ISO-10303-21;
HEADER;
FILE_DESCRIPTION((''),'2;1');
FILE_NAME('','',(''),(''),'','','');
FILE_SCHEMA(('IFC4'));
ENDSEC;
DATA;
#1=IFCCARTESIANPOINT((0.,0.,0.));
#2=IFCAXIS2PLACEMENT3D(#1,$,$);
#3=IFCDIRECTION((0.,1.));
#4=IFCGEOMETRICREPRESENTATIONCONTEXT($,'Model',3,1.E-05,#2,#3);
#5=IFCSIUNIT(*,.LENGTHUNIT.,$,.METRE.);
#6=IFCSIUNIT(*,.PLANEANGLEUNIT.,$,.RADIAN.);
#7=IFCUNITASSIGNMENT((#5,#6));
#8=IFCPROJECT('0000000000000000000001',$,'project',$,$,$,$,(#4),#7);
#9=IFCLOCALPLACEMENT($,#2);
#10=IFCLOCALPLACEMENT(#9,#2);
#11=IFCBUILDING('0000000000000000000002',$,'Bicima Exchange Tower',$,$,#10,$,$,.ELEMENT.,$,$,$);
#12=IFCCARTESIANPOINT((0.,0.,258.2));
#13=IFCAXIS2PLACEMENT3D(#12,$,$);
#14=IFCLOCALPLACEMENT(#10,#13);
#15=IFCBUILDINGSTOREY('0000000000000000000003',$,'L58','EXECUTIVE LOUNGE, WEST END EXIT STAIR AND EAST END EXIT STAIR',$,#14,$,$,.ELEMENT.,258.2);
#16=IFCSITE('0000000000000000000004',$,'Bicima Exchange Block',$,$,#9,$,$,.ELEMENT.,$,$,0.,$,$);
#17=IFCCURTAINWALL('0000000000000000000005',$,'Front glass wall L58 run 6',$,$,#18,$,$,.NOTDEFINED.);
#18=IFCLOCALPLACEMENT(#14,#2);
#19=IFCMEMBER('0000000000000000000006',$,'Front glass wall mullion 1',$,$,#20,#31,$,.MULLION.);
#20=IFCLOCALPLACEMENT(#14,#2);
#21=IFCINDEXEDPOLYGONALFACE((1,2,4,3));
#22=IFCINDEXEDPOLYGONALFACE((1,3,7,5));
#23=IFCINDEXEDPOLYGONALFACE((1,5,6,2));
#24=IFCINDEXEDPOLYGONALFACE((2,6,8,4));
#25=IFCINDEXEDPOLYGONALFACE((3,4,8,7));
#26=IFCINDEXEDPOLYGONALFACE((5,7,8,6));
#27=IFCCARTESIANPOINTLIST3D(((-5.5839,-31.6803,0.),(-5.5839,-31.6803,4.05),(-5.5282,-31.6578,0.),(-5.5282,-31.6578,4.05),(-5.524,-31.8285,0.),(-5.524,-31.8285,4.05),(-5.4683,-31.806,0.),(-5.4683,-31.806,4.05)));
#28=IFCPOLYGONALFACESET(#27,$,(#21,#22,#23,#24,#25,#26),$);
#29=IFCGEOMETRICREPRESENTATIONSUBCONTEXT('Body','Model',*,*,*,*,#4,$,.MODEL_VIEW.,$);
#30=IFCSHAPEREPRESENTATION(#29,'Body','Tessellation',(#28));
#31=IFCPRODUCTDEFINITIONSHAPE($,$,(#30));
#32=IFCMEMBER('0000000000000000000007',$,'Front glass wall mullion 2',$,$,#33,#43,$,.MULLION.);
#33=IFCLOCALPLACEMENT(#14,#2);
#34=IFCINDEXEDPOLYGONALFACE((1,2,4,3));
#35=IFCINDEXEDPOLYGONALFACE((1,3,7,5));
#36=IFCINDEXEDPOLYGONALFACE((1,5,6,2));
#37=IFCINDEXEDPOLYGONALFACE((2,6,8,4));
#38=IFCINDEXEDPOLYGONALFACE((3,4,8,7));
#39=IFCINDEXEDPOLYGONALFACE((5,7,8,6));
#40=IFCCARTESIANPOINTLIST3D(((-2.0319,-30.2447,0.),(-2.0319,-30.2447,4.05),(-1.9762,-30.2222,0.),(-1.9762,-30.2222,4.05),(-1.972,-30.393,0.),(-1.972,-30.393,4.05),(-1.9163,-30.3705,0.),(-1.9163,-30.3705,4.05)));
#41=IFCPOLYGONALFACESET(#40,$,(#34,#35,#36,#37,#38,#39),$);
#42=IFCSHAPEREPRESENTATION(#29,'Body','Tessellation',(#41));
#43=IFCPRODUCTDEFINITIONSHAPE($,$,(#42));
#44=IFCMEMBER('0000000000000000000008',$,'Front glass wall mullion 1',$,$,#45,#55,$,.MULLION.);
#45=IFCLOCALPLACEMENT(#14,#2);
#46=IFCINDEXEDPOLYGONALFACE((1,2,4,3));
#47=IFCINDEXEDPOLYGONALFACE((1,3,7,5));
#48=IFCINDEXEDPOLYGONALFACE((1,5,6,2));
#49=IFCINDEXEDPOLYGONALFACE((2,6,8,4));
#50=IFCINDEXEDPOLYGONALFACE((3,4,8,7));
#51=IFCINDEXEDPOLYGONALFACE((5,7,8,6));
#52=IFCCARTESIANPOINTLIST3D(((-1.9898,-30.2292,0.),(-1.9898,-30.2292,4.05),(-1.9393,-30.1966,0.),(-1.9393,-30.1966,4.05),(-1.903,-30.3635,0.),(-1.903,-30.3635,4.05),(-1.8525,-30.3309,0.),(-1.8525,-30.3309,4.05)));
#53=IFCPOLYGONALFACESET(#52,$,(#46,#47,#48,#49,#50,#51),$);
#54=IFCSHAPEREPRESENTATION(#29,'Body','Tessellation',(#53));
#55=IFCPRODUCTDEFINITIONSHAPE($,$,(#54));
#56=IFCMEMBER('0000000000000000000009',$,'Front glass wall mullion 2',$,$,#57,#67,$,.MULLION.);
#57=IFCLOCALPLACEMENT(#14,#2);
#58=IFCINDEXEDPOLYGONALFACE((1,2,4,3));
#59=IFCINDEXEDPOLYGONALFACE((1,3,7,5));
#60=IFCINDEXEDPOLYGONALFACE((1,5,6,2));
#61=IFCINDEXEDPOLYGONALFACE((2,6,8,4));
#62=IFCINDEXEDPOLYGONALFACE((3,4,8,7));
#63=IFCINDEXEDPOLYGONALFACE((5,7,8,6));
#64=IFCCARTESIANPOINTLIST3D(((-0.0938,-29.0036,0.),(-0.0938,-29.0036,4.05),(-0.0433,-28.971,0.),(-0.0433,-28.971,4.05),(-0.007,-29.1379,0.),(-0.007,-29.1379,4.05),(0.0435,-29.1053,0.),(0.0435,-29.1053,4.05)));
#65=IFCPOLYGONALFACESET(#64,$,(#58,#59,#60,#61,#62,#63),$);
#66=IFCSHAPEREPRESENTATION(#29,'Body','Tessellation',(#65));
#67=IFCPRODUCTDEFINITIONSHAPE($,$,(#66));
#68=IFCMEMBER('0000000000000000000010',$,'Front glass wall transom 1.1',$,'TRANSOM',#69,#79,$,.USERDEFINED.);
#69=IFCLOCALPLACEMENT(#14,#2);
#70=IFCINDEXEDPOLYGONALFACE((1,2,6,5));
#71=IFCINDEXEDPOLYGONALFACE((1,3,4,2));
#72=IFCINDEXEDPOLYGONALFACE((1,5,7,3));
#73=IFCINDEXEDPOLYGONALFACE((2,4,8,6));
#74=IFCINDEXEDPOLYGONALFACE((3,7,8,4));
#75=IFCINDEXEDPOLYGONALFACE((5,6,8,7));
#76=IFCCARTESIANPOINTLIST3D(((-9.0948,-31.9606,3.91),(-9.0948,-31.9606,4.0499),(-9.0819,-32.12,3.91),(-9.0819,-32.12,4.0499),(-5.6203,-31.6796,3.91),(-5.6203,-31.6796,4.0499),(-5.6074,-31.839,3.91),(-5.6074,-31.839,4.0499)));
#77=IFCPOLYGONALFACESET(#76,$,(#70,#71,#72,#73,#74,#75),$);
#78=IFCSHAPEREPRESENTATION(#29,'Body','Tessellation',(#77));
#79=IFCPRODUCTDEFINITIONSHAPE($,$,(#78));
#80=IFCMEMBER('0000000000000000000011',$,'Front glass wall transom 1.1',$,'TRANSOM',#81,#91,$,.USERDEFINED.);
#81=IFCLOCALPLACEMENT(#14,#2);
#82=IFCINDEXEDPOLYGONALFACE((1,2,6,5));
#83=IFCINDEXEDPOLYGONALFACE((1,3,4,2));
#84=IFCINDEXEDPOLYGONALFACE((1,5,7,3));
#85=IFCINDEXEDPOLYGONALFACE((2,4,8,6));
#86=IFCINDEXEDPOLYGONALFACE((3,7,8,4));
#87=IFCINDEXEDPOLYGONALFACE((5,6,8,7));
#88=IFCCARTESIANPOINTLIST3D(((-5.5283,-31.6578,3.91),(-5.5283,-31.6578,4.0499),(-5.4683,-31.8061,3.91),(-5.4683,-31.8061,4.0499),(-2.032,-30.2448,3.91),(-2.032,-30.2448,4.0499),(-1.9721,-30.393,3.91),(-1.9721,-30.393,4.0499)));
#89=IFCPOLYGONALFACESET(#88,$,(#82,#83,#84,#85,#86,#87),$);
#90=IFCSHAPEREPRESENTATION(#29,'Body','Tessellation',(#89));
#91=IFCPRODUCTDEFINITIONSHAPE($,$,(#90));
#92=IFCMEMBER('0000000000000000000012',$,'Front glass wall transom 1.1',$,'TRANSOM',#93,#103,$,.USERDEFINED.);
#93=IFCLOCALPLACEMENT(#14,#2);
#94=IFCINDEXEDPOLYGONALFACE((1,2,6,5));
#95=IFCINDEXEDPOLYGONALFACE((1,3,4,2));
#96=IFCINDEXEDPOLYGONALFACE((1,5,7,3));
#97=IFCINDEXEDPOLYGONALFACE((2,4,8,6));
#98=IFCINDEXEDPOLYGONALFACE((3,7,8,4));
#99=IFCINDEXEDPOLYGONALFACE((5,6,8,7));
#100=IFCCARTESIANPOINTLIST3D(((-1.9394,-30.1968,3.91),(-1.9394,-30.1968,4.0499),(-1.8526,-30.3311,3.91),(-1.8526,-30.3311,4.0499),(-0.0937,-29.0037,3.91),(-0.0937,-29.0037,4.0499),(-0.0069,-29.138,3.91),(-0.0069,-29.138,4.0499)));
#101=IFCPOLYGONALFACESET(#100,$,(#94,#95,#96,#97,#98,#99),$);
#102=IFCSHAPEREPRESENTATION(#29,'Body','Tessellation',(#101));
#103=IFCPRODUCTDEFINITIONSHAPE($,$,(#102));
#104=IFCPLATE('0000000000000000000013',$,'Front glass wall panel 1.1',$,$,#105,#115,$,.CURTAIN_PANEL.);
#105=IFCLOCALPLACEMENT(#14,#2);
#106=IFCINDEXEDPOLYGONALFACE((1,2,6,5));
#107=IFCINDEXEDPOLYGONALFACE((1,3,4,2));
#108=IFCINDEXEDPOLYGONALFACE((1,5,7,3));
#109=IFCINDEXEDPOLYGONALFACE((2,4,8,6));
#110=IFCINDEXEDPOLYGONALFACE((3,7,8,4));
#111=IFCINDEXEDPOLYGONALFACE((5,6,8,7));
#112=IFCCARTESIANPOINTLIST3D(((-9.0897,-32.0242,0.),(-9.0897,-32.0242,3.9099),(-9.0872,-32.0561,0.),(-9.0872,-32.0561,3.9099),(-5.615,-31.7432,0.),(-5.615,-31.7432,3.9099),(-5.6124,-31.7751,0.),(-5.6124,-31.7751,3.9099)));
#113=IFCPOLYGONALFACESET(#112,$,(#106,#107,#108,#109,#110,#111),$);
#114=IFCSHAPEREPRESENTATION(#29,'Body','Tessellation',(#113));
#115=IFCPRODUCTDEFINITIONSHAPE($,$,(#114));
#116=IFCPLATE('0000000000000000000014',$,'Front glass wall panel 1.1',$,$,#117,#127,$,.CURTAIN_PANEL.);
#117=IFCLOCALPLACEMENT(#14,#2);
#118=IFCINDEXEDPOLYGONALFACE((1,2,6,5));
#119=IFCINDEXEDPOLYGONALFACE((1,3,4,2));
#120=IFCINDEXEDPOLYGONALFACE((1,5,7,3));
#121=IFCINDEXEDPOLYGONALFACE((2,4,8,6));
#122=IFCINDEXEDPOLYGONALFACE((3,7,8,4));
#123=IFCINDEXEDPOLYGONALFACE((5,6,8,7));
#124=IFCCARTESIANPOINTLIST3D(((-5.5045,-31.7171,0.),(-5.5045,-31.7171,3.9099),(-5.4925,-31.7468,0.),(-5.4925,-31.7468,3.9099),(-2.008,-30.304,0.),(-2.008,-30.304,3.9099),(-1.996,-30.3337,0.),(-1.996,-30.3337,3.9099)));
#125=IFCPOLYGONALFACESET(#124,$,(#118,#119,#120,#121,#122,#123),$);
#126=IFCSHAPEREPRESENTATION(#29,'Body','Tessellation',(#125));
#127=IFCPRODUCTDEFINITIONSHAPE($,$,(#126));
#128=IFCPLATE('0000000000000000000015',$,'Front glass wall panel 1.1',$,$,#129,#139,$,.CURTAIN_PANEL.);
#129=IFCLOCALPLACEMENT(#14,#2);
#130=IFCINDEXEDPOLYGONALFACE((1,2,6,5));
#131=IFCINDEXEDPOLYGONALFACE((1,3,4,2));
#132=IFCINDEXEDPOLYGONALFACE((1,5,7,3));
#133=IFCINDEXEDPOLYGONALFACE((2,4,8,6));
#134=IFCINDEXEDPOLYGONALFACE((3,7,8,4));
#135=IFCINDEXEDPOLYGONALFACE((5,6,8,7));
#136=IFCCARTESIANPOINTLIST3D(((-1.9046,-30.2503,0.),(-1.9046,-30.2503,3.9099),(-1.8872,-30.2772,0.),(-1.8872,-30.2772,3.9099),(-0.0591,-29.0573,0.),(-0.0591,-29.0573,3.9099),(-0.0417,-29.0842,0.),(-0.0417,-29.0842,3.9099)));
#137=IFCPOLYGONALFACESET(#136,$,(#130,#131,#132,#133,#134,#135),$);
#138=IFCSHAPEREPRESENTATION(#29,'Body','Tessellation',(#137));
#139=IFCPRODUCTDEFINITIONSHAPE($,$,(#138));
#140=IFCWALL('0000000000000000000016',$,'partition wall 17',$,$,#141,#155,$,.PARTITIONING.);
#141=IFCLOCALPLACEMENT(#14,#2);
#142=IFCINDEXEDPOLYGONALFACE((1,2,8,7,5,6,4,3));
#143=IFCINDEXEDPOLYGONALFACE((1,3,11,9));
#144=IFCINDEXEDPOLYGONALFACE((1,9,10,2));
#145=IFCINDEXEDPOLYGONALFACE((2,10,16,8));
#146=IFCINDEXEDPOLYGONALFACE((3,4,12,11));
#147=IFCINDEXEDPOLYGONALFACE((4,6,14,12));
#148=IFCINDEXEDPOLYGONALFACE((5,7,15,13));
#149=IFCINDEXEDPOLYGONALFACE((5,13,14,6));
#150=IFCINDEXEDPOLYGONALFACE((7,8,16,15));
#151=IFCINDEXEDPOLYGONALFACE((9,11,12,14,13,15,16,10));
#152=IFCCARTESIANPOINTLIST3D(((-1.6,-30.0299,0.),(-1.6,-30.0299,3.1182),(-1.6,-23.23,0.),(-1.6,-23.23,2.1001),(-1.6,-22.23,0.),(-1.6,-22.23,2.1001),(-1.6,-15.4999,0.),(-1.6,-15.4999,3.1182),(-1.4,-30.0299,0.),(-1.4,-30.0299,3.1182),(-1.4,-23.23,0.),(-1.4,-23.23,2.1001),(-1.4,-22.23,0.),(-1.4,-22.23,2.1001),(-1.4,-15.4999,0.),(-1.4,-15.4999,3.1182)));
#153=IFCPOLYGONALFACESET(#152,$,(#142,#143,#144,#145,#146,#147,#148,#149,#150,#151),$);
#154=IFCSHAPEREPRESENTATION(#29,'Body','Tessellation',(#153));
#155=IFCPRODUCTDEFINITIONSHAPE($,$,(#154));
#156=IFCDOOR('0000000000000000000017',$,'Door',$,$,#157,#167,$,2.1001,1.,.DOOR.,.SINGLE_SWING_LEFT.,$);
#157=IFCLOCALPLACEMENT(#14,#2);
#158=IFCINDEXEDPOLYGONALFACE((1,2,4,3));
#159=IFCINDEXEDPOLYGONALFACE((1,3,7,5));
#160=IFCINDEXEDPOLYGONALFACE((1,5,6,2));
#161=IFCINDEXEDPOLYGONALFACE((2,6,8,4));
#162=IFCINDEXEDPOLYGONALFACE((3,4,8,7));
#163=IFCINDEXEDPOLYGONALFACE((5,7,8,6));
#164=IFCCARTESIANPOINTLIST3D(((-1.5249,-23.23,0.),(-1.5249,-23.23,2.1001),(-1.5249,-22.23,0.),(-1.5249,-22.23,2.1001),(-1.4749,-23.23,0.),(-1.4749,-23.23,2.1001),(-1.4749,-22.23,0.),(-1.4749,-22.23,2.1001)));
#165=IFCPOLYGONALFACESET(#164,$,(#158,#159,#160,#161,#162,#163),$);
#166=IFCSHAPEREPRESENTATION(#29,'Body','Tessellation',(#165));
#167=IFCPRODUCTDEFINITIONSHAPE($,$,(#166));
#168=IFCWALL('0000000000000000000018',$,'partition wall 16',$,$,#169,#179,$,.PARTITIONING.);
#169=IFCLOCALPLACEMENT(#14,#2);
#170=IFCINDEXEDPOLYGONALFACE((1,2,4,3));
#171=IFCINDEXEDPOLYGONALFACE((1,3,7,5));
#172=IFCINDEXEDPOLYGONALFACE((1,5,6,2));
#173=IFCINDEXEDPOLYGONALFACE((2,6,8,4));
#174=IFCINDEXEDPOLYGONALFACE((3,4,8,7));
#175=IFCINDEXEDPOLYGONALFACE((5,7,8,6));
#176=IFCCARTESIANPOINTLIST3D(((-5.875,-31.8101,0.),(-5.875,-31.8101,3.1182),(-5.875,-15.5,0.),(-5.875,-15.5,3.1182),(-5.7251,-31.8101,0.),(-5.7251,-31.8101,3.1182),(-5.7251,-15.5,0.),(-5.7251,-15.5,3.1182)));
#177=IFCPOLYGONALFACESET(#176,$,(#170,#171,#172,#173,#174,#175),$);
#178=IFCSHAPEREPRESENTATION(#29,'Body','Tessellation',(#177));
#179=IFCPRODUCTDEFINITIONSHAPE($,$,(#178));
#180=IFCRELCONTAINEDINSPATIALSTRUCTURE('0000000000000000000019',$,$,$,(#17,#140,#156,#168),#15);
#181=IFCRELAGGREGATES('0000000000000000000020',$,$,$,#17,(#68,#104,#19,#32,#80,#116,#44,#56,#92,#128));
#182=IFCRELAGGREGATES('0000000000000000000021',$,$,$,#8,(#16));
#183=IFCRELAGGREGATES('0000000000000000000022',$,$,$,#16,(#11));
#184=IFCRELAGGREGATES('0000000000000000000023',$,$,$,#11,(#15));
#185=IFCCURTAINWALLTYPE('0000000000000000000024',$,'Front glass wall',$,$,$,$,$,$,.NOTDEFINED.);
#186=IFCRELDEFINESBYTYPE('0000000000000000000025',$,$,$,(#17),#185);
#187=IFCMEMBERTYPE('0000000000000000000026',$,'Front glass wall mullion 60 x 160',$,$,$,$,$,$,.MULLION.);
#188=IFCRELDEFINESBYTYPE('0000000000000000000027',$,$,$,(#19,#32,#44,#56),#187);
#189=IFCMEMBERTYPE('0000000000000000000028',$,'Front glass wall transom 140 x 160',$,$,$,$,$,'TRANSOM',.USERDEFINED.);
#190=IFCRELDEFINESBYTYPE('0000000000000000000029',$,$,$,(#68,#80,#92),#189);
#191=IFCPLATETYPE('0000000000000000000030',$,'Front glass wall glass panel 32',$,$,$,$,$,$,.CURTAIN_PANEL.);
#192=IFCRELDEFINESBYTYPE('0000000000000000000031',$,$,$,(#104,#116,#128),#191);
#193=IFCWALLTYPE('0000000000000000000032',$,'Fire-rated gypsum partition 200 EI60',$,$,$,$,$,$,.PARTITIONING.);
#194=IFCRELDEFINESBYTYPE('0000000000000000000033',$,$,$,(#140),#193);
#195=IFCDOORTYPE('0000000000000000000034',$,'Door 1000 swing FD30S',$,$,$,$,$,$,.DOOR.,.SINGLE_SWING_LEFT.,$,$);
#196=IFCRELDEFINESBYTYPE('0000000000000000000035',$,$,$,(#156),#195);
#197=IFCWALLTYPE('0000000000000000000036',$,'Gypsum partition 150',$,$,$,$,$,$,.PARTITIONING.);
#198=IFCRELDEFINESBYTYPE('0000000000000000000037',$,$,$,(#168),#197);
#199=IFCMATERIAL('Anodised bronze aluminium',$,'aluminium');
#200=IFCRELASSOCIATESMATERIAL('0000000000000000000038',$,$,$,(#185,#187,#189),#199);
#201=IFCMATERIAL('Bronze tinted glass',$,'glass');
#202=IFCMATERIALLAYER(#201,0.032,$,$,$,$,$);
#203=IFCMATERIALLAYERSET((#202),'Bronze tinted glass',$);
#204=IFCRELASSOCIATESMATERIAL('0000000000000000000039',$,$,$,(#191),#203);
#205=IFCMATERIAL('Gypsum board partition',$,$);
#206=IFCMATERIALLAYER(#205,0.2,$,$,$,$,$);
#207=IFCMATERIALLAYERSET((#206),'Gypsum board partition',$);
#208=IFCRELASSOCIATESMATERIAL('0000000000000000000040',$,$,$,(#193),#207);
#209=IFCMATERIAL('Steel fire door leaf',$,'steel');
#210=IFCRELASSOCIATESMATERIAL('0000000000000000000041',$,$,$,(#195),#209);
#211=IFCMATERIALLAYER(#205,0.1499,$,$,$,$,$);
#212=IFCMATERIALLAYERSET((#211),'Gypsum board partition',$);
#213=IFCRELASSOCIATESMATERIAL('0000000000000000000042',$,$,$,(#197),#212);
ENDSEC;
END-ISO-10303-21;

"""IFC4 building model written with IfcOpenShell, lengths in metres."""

from ifc_helpers import new_model, si_unit, direction, frame, frame_2d, origin, origin_2d, place, context, subcontext, project, spatial, rectangle, extrude, material, layer, layer_set, material_profile, profile_set, type_object, element, fill, aggregate, save


model = new_model("IFC4")

# Units and contexts
model_context = context("Model", 3, precision=1e-05, world=origin(), true_north=direction((0.0, 1.0)))
body_context = subcontext(model_context, "Body", "Model", "MODEL_VIEW")
ifc_project = project(units=[si_unit("LENGTHUNIT", "METRE"), si_unit("PLANEANGLEUNIT", "RADIAN")], contexts=[model_context])

# Site, building, storey
site_placement = place(None, origin())
site = spatial("IfcSite", under=ifc_project, at=site_placement, Name="Bicima Exchange Block", CompositionType="ELEMENT", RefElevation=0.0)
building_placement = place(site_placement, origin())
building = spatial("IfcBuilding", under=site, at=building_placement, Name="Bicima Exchange Tower", CompositionType="ELEMENT")
storey_placement = place(building_placement, frame((0.0, 0.0, 258.2)))
storey = spatial("IfcBuildingStorey", under=building, at=storey_placement, Name="L58", Description="EXECUTIVE LOUNGE, WEST END EXIT STAIR AND EAST END EXIT STAIR", CompositionType="ELEMENT", Elevation=258.2)

# Curtain wall, members, plates
ifc_material_1 = material(Name="Anodised bronze aluminium", Category="aluminium")
curtain_wall_type = type_object("IfcCurtainWallType", Name="Front glass wall", PredefinedType="NOTDEFINED", material=ifc_material_1)
curtain_wall_placement = place(storey_placement, origin())
curtain_wall = element("IfcCurtainWall", 1, at=curtain_wall_placement, inside=storey, type_object=curtain_wall_type, Name="Front glass wall L58 run 6", PredefinedType="NOTDEFINED")
ifc_material_profile_1 = material_profile(ifc_material_1, rectangle(XDim=0.1599, YDim=0.0601, at=origin_2d()))
ifc_profile_set_1 = profile_set([ifc_material_profile_1], Name="Anodised bronze aluminium")
member_type_1 = type_object("IfcMemberType", Name="Front glass wall mullion 60 x 160", PredefinedType="MULLION", material=ifc_profile_set_1)
member_1_placement = place(storey_placement, frame((-5.5261, -31.7432, 0.0), z_axis=(0.0, 0.0, 1.0), x_axis=(-0.374705, 0.927144, 0.0)))
member_1 = element("IfcMember", 2, at=member_1_placement, type_object=member_type_1, Name="Front glass wall mullion 1", PredefinedType="MULLION", context=body_context, shape_type="SweptSolid", body=[
    extrude(rectangle(XDim=0.1599, YDim=0.0601, at=origin_2d()), origin(), (0.0, 0.0, 1.0), 4.05),
])
member_2_placement = place(storey_placement, frame((-1.9741, -30.3076, 0.0), z_axis=(0.0, 0.0, 1.0), x_axis=(-0.374705, 0.927144, 0.0)))
member_2 = element("IfcMember", 3, at=member_2_placement, type_object=member_type_1, Name="Front glass wall mullion 2", PredefinedType="MULLION", context=body_context, shape_type="SweptSolid", body=[
    extrude(rectangle(XDim=0.1599, YDim=0.0601, at=origin_2d()), origin(), (0.0, 0.0, 1.0), 4.05),
])
member_3_placement = place(storey_placement, frame((-1.9211, -30.28, 0.0), z_axis=(0.0, 0.0, 1.0), x_axis=(-0.542897, 0.839799, 0.0)))
member_3 = element("IfcMember", 4, at=member_3_placement, type_object=member_type_1, Name="Front glass wall mullion 1", PredefinedType="MULLION", context=body_context, shape_type="SweptSolid", body=[
    extrude(rectangle(XDim=0.1599, YDim=0.0601, at=origin_2d()), origin(), (0.0, 0.0, 1.0), 4.05),
])
member_4_placement = place(storey_placement, frame((-0.0251, -29.0544, 0.0), z_axis=(0.0, 0.0, 1.0), x_axis=(-0.542897, 0.839799, 0.0)))
member_4 = element("IfcMember", 5, at=member_4_placement, type_object=member_type_1, Name="Front glass wall mullion 2", PredefinedType="MULLION", context=body_context, shape_type="SweptSolid", body=[
    extrude(rectangle(XDim=0.1599, YDim=0.0601, at=origin_2d()), origin(), (0.0, 0.0, 1.0), 4.05),
])
ifc_material_profile_2 = material_profile(ifc_material_1, rectangle(XDim=0.1599, YDim=0.1399, at=origin_2d()))
ifc_profile_set_2 = profile_set([ifc_material_profile_2], Name="Anodised bronze aluminium")
member_type_2 = type_object("IfcMemberType", Name="Front glass wall transom 140 x 160", ElementType="TRANSOM", PredefinedType="USERDEFINED", material=ifc_profile_set_2)
member_5_placement = place(storey_placement, frame((-9.0884, -32.0403, 3.98), z_axis=(0.996746, 0.080611, 0.0), x_axis=(-0.080611, 0.996746, 0.0)))
member_5 = element("IfcMember", 6, at=member_5_placement, type_object=member_type_2, Name="Front glass wall transom 1.1", ObjectType="TRANSOM", PredefinedType="USERDEFINED", context=body_context, shape_type="SweptSolid", body=[
    extrude(rectangle(XDim=0.1599, YDim=0.1399, at=origin_2d()), origin(), (0.0, 0.0, 1.0), 3.4858),
])
member_6_placement = place(storey_placement, frame((-5.4983, -31.7319, 3.98), z_axis=(0.92714, 0.374715, 0.0), x_axis=(-0.374715, 0.92714, 0.0)))
member_6 = element("IfcMember", 7, at=member_6_placement, type_object=member_type_2, Name="Front glass wall transom 1.1", ObjectType="TRANSOM", PredefinedType="USERDEFINED", context=body_context, shape_type="SweptSolid", body=[
    extrude(rectangle(XDim=0.1599, YDim=0.1399, at=origin_2d()), origin(), (0.0, 0.0, 1.0), 3.771),
])
member_7_placement = place(storey_placement, frame((-1.896, -30.2639, 3.98), z_axis=(0.839811, 0.542878, 0.0), x_axis=(-0.542878, 0.839811, 0.0)))
member_7 = element("IfcMember", 8, at=member_7_placement, type_object=member_type_2, Name="Front glass wall transom 1.1", ObjectType="TRANSOM", PredefinedType="USERDEFINED", context=body_context, shape_type="SweptSolid", body=[
    extrude(rectangle(XDim=0.1599, YDim=0.1399, at=origin_2d()), origin(), (0.0, 0.0, 1.0), 2.1978),
])
ifc_material_2 = material(Name="Bronze tinted glass", Category="glass")
ifc_layer_1 = layer(ifc_material_2, 0.032)
ifc_layer_set_1 = layer_set([ifc_layer_1], Name="Bronze tinted glass")
plate_type = type_object("IfcPlateType", Name="Front glass wall glass panel 32", PredefinedType="CURTAIN_PANEL", material=ifc_layer_set_1)
plate_1_placement = place(storey_placement, frame((-7.3511, -31.8997, 0.0), z_axis=(0.0, 0.0, 1.0), x_axis=(0.996747, 0.080589, 0.0)))
plate_1 = element("IfcPlate", 9, at=plate_1_placement, type_object=plate_type, Name="Front glass wall panel 1.1", PredefinedType="CURTAIN_PANEL", context=body_context, shape_type="SweptSolid", body=[
    extrude(rectangle(XDim=3.4861, YDim=0.032, at=origin_2d()), origin(), (0.0, 0.0, 1.0), 3.9099),
])
plate_2_placement = place(storey_placement, frame((-3.7502, -31.0254, 0.0), z_axis=(0.0, 0.0, 1.0), x_axis=(0.927144, 0.374705, 0.0)))
plate_2 = element("IfcPlate", 10, at=plate_2_placement, type_object=plate_type, Name="Front glass wall panel 1.1", PredefinedType="CURTAIN_PANEL", context=body_context, shape_type="SweptSolid", body=[
    extrude(rectangle(XDim=3.7712, YDim=0.032, at=origin_2d()), origin(), (0.0, 0.0, 1.0), 3.9099),
])
plate_3_placement = place(storey_placement, frame((-0.9731, -29.6672, 0.0), z_axis=(0.0, 0.0, 1.0), x_axis=(0.839799, 0.542897, 0.0)))
plate_3 = element("IfcPlate", 11, at=plate_3_placement, type_object=plate_type, Name="Front glass wall panel 1.1", PredefinedType="CURTAIN_PANEL", context=body_context, shape_type="SweptSolid", body=[
    extrude(rectangle(XDim=2.1975, YDim=0.032, at=origin_2d()), origin(), (0.0, 0.0, 1.0), 3.9099),
])
aggregate(curtain_wall, [member_5, plate_1, member_1, member_2, member_6, plate_2, member_3, member_4, member_7, plate_3])

# Wall, opening, door
ifc_material_3 = material(Name="Gypsum board partition")
ifc_layer_2 = layer(ifc_material_3, 0.2)
ifc_layer_set_2 = layer_set([ifc_layer_2], Name="Gypsum board partition")
wall_type_1 = type_object("IfcWallType", Name="Fire-rated gypsum partition 200 EI60", PredefinedType="PARTITIONING", material=ifc_layer_set_2)
wall_1_placement = place(storey_placement, frame((-1.5, -30.03, 0.0), z_axis=(0.0, 0.0, 1.0), x_axis=(0.0, 1.0, 0.0)))
wall_1 = element("IfcWall", 12, at=wall_1_placement, inside=storey, type_object=wall_type_1, Name="partition wall 17", PredefinedType="PARTITIONING", context=body_context, shape_type="SweptSolid", body=[
    extrude(rectangle(XDim=14.53, YDim=0.2, at=frame_2d((7.2651, 0.0))), origin(), (0.0, 0.0, 1.0), 3.1182),
])
opening_placement = place(wall_1_placement, frame((6.8, 0.0, 0.0)))
opening = element("IfcOpeningElement", 13, at=opening_placement, cuts=wall_1, PredefinedType="OPENING", context=body_context, shape_type="SweptSolid", body=[
    extrude(rectangle(XDim=1.0, YDim=2.1001, at=frame_2d((0.5, 1.05))), frame((0.0, 0.1118, 0.0), z_axis=(0.0, -1.0, 0.0), x_axis=(1.0, 0.0, 0.0)), (0.0, 0.0, 1.0), 0.2239),
])
ifc_material_4 = material(Name="Steel fire door leaf", Category="steel")
door_type = type_object("IfcDoorType", Name="Door 1000 swing FD30S", OperationType="SINGLE_SWING_LEFT", PredefinedType="DOOR", material=ifc_material_4)
door_placement = place(opening_placement, origin())
door = element("IfcDoor", 14, at=door_placement, inside=storey, type_object=door_type, Name="Door", OperationType="SINGLE_SWING_LEFT", OverallHeight=2.1001, OverallWidth=1.0, PredefinedType="DOOR", context=body_context, shape_type="SweptSolid", body=[
    extrude(rectangle(XDim=1.0, YDim=2.1001, at=frame_2d((0.5, 1.05))), frame((0.0, 0.0249, 0.0), z_axis=(0.0, -1.0, 0.0), x_axis=(1.0, 0.0, 0.0)), (0.0, 0.0, 1.0), 0.05),
])
fill(opening, door)

# Wall
ifc_layer_3 = layer(ifc_material_3, 0.1499)
ifc_layer_set_3 = layer_set([ifc_layer_3], Name="Gypsum board partition")
wall_type_2 = type_object("IfcWallType", Name="Gypsum partition 150", PredefinedType="PARTITIONING", material=ifc_layer_set_3)
wall_2_placement = place(storey_placement, frame((-5.8, -31.8101, 0.0), z_axis=(0.0, 0.0, 1.0), x_axis=(0.0, 1.0, 0.0)))
element("IfcWall", 15, at=wall_2_placement, inside=storey, type_object=wall_type_2, Name="partition wall 16", PredefinedType="PARTITIONING", context=body_context, shape_type="SweptSolid", body=[
    extrude(rectangle(XDim=16.3101, YDim=0.1499, at=frame_2d((8.155, 0.0))), origin(), (0.0, 0.0, 1.0), 3.1182),
])

save(model, "model.ifc")
